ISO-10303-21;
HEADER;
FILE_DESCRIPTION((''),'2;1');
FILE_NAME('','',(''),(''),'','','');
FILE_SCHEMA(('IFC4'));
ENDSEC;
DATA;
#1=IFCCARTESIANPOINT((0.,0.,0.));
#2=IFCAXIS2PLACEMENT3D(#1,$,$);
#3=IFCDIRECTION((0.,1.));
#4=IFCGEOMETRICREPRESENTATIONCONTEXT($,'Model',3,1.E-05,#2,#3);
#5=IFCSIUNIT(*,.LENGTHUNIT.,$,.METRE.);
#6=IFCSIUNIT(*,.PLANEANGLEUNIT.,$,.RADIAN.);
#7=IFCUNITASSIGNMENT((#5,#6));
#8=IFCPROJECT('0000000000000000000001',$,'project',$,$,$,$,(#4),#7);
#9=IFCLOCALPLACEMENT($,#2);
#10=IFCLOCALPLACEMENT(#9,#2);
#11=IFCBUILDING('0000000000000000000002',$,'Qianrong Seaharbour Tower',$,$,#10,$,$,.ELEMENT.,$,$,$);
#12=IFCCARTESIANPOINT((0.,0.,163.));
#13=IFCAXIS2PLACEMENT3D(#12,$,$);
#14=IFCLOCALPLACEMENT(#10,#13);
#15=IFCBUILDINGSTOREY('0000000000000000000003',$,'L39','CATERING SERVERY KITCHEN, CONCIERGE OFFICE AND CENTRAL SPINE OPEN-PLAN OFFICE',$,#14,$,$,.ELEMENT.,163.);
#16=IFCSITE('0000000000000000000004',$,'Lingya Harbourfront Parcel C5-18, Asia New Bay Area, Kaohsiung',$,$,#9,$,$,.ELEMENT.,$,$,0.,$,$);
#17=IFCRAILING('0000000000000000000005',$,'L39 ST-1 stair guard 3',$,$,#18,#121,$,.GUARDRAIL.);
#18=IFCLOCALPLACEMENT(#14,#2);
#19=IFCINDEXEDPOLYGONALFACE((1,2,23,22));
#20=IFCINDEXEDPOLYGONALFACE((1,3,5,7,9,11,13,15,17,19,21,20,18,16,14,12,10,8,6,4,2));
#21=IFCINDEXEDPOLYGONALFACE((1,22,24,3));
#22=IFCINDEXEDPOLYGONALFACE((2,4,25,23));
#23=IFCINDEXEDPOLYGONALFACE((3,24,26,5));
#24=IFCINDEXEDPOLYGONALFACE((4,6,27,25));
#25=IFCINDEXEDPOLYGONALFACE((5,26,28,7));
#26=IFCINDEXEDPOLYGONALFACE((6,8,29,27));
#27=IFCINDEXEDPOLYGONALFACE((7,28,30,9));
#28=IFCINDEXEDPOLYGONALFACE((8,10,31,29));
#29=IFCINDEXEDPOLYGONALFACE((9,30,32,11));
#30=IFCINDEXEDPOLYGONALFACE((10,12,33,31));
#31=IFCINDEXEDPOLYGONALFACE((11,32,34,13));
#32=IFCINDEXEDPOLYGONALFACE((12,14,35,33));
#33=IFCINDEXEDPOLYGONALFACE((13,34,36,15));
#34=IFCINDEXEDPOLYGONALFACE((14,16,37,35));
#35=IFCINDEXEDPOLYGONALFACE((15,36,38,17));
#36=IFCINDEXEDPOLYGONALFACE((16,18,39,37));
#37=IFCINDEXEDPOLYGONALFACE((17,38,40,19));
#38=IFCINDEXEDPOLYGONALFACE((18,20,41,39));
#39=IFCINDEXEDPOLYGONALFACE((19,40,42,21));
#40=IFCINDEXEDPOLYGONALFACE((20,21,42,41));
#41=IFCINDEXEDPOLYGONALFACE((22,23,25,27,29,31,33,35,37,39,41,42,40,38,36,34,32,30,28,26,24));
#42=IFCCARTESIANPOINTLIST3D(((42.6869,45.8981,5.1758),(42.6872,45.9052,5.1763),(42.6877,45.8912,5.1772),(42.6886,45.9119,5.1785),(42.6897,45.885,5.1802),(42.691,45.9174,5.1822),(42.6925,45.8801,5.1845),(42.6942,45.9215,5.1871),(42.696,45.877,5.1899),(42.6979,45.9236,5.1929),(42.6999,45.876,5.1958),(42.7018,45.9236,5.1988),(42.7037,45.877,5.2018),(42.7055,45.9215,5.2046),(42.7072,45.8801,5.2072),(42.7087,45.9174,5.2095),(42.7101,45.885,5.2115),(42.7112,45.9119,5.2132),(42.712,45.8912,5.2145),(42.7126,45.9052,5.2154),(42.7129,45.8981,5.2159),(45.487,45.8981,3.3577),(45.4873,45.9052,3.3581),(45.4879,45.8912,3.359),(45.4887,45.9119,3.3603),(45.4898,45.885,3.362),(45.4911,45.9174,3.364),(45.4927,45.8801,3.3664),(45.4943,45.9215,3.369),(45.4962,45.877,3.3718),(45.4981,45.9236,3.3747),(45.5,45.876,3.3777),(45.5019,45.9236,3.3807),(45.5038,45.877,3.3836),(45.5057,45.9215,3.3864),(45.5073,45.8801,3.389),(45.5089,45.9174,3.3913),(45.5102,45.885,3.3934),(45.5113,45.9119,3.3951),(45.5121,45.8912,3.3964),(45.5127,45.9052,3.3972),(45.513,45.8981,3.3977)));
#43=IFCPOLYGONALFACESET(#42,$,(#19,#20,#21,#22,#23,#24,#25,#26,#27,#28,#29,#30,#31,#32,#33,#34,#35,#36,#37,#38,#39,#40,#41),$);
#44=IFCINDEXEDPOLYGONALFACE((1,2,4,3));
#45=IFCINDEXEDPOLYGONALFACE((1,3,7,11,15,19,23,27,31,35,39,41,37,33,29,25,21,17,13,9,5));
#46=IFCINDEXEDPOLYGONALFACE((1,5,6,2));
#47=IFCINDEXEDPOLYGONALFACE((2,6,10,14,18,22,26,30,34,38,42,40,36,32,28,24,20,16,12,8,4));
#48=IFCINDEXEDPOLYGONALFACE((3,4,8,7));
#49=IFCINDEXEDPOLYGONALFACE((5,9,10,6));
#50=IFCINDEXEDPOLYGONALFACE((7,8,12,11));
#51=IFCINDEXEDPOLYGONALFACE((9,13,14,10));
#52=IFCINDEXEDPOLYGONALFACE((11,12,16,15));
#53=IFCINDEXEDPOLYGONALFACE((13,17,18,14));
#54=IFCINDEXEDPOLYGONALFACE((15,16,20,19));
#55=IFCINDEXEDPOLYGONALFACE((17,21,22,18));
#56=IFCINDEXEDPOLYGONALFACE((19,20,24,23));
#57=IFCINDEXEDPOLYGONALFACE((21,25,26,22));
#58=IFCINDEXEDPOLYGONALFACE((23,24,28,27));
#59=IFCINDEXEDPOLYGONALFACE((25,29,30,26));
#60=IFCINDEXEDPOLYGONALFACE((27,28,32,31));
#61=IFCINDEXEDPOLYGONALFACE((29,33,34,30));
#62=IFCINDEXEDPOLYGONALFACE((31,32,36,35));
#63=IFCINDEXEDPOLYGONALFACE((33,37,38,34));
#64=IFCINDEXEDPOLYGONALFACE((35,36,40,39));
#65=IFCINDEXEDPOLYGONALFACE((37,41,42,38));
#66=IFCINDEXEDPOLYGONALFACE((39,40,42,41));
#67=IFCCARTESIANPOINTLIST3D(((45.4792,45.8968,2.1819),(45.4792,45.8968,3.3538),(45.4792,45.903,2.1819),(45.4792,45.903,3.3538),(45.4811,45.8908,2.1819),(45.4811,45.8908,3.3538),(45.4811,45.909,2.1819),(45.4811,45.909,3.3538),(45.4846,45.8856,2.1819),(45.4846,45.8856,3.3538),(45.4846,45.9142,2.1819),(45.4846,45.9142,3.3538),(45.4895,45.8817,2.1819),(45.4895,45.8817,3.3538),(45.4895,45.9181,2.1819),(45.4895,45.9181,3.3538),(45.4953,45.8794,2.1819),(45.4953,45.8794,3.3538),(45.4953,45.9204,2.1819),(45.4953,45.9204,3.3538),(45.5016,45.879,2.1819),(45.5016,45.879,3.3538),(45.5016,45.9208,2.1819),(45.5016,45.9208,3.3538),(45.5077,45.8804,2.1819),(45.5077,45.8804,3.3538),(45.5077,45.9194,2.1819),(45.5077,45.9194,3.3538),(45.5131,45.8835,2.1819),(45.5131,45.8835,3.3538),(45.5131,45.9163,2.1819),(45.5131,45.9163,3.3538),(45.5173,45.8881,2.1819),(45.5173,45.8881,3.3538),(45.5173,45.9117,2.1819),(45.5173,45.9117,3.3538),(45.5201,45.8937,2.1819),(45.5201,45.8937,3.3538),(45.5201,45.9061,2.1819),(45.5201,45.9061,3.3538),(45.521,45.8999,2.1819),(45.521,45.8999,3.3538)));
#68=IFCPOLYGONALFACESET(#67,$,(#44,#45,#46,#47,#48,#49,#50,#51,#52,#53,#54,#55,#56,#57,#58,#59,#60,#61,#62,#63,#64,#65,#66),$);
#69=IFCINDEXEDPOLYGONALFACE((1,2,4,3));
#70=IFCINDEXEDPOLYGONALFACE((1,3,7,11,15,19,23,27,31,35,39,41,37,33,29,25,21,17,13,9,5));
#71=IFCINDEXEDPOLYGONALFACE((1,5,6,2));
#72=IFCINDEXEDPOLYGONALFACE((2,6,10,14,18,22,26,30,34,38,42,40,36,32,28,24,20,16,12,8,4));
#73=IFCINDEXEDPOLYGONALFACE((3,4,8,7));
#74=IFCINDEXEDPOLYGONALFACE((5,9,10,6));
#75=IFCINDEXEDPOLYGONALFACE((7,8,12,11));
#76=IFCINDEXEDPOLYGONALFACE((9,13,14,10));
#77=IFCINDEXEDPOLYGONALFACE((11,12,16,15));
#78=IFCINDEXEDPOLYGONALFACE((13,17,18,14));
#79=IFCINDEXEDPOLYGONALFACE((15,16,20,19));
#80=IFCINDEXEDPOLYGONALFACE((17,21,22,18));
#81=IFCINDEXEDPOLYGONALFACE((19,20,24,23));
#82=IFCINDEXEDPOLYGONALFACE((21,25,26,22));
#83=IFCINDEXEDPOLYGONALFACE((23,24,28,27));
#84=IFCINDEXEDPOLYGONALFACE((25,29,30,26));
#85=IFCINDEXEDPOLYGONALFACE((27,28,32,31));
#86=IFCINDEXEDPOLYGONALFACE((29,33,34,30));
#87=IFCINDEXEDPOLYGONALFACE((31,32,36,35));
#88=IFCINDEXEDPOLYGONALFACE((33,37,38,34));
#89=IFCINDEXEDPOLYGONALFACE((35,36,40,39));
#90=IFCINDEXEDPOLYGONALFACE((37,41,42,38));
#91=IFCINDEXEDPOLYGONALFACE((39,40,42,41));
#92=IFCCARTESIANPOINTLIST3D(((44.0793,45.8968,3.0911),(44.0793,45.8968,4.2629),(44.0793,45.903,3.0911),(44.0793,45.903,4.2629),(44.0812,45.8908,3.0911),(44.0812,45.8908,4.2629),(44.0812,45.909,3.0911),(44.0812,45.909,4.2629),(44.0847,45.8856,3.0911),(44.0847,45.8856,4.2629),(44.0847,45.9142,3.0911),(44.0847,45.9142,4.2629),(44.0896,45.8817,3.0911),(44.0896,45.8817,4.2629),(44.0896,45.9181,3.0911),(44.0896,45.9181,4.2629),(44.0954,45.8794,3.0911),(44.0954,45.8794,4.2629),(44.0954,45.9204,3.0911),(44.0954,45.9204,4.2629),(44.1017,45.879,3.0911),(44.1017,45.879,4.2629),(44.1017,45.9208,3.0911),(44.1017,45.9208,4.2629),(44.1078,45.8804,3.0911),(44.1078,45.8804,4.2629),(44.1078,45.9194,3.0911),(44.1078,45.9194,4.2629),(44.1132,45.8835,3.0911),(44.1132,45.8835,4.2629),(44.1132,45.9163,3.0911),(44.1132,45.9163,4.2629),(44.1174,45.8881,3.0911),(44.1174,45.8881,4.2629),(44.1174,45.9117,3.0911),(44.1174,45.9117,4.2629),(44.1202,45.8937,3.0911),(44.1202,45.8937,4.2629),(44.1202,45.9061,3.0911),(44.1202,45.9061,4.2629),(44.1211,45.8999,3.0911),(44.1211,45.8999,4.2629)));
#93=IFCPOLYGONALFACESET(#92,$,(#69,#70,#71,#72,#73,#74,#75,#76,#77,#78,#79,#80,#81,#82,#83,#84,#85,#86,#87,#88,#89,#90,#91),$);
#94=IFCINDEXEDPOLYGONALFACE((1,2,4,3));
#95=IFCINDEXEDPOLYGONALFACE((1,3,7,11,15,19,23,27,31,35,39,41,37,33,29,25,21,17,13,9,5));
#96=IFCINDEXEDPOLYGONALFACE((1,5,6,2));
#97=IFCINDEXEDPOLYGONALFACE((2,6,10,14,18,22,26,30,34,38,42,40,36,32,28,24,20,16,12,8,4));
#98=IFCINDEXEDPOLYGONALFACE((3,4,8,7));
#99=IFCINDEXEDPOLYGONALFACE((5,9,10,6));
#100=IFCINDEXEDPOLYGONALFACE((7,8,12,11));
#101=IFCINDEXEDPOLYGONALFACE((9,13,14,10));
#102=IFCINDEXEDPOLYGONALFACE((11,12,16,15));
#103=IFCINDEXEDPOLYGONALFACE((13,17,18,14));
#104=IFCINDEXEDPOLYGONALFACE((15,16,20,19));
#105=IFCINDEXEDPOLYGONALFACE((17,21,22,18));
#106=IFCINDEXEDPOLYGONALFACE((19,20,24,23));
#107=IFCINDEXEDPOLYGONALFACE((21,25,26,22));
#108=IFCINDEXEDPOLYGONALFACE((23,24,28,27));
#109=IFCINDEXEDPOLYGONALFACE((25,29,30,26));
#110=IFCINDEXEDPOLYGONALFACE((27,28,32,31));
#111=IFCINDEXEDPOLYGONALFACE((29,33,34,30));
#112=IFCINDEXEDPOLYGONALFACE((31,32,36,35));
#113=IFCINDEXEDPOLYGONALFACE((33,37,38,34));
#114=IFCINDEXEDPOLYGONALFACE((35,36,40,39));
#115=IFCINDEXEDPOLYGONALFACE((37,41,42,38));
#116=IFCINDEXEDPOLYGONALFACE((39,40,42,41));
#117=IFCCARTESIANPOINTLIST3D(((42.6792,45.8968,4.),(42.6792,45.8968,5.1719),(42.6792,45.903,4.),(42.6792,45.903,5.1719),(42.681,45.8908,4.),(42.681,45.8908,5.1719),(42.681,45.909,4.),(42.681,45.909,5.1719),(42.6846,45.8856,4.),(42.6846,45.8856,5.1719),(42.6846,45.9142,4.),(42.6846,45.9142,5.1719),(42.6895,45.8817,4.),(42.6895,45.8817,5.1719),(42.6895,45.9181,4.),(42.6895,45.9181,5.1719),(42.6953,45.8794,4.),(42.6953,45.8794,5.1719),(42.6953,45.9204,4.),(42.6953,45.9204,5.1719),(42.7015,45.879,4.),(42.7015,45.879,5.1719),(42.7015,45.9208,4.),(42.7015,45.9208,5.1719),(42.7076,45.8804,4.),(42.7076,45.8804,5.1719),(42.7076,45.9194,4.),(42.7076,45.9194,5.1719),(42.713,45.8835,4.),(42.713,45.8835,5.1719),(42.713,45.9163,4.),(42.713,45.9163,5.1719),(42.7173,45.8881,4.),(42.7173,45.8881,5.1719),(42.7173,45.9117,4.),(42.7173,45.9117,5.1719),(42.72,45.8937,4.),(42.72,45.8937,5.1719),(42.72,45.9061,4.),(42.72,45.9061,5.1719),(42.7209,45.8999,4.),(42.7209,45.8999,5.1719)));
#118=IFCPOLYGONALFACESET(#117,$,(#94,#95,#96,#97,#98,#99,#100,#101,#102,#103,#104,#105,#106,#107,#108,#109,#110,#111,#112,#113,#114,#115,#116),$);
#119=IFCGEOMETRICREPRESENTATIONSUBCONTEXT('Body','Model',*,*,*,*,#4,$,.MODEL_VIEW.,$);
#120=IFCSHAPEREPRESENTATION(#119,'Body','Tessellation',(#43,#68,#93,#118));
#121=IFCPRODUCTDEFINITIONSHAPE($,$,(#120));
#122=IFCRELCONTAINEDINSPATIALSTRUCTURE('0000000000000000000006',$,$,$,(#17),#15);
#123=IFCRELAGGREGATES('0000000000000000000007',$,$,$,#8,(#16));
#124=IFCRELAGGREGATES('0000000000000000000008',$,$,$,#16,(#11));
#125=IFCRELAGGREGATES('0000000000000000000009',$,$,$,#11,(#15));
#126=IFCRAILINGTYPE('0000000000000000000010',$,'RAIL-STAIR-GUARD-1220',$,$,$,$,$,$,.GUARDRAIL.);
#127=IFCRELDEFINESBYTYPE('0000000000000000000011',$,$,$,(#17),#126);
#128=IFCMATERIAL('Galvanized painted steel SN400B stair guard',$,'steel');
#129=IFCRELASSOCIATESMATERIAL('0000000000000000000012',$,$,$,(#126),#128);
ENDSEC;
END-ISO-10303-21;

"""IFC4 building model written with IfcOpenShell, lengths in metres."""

from ifc_helpers import new_model, si_unit, direction, frame, origin, origin_2d, place, context, subcontext, project, spatial, circle, extrude, material, type_object, element, save


model = new_model("IFC4")

# Units and contexts
model_context = context("Model", 3, precision=1e-05, world=origin(), true_north=direction((0.0, 1.0)))
body_context = subcontext(model_context, "Body", "Model", "MODEL_VIEW")
ifc_project = project(units=[si_unit("LENGTHUNIT", "METRE"), si_unit("PLANEANGLEUNIT", "RADIAN")], contexts=[model_context])

# Site, building, storey
site_placement = place(None, origin())
site = spatial("IfcSite", under=ifc_project, at=site_placement, Name="Lingya Harbourfront Parcel C5-18, Asia New Bay Area, Kaohsiung", CompositionType="ELEMENT", RefElevation=0.0)
building_placement = place(site_placement, origin())
building = spatial("IfcBuilding", under=site, at=building_placement, Name="Qianrong Seaharbour Tower", CompositionType="ELEMENT")
storey_placement = place(building_placement, frame((0.0, 0.0, 163.0)))
storey = spatial("IfcBuildingStorey", under=building, at=storey_placement, Name="L39", Description="CATERING SERVERY KITCHEN, CONCIERGE OFFICE AND CENTRAL SPINE OPEN-PLAN OFFICE", CompositionType="ELEMENT", Elevation=163.0)

# Railing
ifc_material_1 = material(Name="Galvanized painted steel SN400B stair guard", Category="steel")
railing_type_1 = type_object("IfcRailingType", Name="RAIL-STAIR-GUARD-1220", PredefinedType="GUARDRAIL", material=ifc_material_1)
railing_1_placement = place(storey_placement, frame((45.5, 45.8999, 2.1819)))
element("IfcRailing", 1, at=railing_1_placement, inside=storey, type_object=railing_type_1, Name="L39 ST-1 stair guard 3", PredefinedType="GUARDRAIL", context=body_context, shape_type="SweptSolid", body=[
    extrude(circle(Radius=0.0239, at=origin_2d()), frame((0.0, 0.0, 1.1958), z_axis=(-0.838706, 0.0, 0.544585), x_axis=(0.0, -1.0, 0.0)), (0.0, 0.0, 1.0), 3.3386),
    extrude(circle(Radius=0.021, at=origin_2d()), origin(), (0.0, 0.0, 1.0), 1.1719),
    extrude(circle(Radius=0.021, at=origin_2d()), frame((-1.3999, 0.0, 0.9092)), (0.0, 0.0, 1.0), 1.1719),
    extrude(circle(Radius=0.021, at=origin_2d()), frame((-2.8, 0.0, 1.8181)), (0.0, 0.0, 1.0), 1.1719),
])

save(model, "model.ifc")
